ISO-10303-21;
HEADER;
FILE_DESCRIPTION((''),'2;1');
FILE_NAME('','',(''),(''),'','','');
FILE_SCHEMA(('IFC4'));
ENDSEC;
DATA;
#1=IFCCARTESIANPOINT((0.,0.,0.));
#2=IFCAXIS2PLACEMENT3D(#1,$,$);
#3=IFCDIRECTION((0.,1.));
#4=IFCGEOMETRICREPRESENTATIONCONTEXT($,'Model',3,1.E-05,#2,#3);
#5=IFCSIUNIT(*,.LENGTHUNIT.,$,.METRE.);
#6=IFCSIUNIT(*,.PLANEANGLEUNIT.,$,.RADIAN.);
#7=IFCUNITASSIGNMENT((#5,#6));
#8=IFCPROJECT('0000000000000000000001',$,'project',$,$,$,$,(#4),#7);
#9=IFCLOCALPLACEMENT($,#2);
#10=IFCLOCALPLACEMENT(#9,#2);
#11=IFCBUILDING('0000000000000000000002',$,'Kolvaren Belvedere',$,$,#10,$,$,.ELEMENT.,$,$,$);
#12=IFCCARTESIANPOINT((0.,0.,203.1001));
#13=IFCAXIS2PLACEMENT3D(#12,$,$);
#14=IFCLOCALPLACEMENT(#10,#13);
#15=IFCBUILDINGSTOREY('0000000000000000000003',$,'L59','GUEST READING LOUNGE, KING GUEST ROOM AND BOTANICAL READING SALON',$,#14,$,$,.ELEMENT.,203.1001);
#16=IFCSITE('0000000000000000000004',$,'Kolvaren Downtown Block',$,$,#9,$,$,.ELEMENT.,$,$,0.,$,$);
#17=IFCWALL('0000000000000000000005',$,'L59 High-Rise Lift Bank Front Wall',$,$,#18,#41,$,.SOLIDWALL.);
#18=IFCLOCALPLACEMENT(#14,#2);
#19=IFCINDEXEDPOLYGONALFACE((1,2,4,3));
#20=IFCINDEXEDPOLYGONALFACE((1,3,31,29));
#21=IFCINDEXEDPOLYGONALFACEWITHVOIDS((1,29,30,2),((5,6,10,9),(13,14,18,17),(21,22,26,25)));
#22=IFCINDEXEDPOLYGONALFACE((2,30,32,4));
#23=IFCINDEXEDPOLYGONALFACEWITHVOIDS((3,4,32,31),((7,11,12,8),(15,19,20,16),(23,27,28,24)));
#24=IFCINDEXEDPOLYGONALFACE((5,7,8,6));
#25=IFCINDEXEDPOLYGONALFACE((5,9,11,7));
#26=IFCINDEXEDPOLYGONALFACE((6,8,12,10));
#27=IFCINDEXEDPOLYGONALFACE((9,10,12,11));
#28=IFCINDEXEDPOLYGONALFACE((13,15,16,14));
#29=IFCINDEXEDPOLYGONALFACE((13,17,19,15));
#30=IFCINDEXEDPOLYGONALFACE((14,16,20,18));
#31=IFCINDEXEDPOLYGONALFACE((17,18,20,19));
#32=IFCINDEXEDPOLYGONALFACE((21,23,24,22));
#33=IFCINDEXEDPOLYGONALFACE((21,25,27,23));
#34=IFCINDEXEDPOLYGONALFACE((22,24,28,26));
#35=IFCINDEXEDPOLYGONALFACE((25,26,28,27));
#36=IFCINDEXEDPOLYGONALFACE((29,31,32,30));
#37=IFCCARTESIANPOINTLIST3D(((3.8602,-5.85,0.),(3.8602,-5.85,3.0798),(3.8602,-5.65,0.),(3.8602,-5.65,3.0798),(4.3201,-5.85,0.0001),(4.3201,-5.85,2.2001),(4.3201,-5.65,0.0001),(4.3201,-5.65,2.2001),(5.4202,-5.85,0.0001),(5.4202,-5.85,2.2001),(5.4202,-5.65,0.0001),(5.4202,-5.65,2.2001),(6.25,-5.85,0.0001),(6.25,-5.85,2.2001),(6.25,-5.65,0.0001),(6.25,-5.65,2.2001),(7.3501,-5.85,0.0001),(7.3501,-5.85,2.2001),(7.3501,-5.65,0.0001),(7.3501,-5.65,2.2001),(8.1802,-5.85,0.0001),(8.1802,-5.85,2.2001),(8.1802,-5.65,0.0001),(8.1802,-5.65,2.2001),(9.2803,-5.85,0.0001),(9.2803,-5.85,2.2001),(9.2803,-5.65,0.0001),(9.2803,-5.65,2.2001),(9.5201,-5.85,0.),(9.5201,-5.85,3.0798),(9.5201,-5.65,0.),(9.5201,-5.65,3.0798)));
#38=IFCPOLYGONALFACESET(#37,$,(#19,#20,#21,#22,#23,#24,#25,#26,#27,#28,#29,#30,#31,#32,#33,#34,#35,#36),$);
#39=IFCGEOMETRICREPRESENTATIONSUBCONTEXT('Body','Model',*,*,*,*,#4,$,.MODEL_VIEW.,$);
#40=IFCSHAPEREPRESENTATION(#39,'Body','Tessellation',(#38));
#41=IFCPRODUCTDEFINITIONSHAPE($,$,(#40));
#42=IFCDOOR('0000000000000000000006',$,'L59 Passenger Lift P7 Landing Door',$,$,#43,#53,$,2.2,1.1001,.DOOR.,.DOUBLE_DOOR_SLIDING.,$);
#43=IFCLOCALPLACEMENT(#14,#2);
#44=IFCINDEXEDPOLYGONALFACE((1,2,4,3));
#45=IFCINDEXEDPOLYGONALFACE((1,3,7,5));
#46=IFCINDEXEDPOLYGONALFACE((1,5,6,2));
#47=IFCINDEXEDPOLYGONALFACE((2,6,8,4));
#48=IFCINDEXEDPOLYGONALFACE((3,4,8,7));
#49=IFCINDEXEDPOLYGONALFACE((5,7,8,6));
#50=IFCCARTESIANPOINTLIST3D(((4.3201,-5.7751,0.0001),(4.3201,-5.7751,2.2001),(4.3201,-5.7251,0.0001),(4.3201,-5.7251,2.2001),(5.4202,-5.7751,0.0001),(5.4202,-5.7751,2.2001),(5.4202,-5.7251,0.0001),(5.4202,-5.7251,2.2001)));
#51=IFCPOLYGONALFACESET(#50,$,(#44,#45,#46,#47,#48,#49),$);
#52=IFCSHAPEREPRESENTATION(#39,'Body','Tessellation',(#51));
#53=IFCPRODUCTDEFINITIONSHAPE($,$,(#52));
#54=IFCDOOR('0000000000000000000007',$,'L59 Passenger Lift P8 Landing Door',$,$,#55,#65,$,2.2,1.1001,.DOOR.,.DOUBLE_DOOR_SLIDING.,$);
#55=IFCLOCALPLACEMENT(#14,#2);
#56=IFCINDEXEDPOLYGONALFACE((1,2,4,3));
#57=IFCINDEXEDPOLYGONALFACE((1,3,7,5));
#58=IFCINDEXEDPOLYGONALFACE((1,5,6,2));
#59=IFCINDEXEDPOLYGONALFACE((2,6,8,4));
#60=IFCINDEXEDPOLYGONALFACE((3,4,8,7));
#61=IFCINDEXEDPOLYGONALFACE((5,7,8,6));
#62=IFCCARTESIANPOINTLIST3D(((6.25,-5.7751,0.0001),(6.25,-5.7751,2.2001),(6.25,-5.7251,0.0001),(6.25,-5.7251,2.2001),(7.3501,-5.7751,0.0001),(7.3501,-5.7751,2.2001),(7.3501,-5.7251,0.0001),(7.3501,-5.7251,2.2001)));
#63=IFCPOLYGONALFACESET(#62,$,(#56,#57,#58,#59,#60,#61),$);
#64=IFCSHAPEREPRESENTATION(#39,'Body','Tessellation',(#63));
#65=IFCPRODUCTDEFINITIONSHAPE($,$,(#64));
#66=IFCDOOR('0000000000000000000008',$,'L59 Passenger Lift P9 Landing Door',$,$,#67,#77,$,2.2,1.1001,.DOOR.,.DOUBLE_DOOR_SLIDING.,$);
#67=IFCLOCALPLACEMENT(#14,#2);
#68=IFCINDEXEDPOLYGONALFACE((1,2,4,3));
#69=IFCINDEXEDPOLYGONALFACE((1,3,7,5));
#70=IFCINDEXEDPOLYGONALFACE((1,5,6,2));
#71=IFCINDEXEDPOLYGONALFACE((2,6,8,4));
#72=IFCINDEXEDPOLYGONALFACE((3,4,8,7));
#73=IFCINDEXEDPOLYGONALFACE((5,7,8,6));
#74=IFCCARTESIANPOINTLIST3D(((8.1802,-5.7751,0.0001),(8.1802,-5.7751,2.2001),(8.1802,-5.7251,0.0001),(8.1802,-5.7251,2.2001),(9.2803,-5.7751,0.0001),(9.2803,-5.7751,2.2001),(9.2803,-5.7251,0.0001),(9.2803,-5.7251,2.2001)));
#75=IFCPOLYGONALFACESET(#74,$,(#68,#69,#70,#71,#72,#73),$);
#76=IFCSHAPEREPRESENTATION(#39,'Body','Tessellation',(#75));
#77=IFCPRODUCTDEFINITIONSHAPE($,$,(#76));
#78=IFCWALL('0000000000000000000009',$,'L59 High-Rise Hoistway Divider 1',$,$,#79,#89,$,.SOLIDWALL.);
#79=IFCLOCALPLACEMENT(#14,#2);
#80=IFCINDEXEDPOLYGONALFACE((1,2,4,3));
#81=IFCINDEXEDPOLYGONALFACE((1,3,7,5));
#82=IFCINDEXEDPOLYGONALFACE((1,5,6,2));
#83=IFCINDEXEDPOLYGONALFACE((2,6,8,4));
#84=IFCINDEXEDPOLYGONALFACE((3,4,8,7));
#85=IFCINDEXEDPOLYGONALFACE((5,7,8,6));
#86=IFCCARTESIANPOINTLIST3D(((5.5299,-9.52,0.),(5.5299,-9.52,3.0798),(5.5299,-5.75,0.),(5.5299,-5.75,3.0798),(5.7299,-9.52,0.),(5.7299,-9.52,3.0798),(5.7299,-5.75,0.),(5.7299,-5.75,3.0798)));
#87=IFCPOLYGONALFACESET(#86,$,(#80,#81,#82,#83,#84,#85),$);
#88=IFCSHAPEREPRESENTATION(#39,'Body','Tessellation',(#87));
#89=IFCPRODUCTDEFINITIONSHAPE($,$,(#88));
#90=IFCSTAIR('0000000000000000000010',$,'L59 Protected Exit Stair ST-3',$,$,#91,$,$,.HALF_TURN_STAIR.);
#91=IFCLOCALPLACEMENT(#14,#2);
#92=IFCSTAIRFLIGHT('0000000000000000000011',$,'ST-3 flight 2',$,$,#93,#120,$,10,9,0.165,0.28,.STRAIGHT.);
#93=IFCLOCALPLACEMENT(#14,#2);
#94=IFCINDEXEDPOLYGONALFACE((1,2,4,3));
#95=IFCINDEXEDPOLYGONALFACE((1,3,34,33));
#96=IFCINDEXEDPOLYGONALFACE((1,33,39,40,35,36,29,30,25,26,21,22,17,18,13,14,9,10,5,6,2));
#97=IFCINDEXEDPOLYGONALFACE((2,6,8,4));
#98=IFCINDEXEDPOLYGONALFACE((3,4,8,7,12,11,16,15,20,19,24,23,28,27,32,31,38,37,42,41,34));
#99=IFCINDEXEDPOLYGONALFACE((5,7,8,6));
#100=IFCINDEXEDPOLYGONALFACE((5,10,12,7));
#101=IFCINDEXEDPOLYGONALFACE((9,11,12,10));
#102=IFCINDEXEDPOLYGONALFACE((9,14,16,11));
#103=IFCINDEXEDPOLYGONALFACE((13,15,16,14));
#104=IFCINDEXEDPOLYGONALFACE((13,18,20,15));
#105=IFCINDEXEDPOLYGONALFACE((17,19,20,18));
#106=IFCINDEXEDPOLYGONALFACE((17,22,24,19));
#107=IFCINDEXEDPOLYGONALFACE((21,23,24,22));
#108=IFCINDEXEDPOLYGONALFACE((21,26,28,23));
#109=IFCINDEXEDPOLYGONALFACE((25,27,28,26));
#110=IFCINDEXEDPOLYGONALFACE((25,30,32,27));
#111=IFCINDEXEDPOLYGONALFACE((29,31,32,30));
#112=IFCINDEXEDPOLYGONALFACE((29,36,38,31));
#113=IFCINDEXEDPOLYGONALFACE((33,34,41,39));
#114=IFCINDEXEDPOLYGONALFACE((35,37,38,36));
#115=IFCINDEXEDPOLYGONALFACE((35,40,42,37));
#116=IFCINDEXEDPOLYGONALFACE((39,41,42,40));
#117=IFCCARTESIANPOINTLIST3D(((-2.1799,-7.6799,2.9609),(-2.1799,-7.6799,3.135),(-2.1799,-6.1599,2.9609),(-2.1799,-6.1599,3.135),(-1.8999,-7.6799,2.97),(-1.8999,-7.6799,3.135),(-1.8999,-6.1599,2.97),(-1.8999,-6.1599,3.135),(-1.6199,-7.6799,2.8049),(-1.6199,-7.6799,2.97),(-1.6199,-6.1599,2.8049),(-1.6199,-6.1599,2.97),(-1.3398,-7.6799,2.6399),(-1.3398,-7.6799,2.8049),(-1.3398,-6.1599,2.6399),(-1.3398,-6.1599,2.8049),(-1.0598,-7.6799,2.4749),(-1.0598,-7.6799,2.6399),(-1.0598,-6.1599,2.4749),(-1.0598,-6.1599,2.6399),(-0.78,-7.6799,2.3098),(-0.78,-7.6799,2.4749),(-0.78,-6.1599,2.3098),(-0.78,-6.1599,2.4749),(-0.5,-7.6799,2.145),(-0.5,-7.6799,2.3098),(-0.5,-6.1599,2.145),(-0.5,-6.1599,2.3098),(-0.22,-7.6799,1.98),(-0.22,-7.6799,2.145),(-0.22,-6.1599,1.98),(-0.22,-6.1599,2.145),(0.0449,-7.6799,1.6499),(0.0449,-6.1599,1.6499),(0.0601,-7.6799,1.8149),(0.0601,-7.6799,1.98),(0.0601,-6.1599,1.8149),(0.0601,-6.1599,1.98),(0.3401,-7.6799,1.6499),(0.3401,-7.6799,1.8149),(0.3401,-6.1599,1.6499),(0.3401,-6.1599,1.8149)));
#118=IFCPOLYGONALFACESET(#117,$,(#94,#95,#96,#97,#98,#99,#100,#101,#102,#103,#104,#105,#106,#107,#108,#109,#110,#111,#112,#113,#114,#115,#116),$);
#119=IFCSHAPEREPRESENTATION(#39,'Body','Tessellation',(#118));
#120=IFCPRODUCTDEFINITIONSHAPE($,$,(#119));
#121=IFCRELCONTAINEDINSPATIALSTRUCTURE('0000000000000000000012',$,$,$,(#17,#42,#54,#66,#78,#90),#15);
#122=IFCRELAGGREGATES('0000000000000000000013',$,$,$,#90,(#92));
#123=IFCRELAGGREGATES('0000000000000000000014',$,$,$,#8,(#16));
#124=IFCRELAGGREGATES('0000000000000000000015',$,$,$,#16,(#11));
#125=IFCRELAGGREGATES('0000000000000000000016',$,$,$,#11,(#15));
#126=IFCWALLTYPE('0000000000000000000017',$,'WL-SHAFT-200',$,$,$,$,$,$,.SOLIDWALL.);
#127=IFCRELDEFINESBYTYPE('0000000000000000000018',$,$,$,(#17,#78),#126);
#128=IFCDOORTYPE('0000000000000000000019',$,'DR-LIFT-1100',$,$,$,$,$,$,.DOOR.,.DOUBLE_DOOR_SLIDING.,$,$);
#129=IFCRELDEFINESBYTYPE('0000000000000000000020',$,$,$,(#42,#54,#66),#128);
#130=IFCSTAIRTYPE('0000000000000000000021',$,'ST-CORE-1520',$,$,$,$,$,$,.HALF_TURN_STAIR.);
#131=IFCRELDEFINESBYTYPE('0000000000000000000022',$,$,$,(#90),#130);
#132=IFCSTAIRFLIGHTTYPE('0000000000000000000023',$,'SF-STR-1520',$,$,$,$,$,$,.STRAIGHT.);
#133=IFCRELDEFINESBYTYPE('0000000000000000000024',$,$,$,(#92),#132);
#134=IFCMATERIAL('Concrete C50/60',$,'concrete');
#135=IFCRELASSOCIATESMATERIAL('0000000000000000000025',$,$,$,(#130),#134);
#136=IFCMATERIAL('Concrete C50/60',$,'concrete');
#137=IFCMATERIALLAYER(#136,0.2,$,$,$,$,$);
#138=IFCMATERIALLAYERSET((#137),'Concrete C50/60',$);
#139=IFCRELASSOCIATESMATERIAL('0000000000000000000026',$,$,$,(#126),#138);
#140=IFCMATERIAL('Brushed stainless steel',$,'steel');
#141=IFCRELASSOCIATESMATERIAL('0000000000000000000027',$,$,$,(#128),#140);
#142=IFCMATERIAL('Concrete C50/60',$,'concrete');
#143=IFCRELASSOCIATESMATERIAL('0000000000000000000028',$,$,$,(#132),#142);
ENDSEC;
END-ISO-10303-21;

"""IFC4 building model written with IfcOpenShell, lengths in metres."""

from ifc_helpers import new_model, si_unit, direction, frame, frame_2d, origin, place, context, subcontext, project, spatial, polyline, rectangle, outline, extrude, material, layer, layer_set, type_object, element, fill, aggregate, save


model = new_model("IFC4")

# Units and contexts
model_context = context("Model", 3, precision=1e-05, world=origin(), true_north=direction((0.0, 1.0)))
body_context = subcontext(model_context, "Body", "Model", "MODEL_VIEW")
ifc_project = project(units=[si_unit("LENGTHUNIT", "METRE"), si_unit("PLANEANGLEUNIT", "RADIAN")], contexts=[model_context])

# Site, building, storey
site_placement = place(None, origin())
site = spatial("IfcSite", under=ifc_project, at=site_placement, Name="Kolvaren Downtown Block", CompositionType="ELEMENT", RefElevation=0.0)
building_placement = place(site_placement, origin())
building = spatial("IfcBuilding", under=site, at=building_placement, Name="Kolvaren Belvedere", CompositionType="ELEMENT")
storey_placement = place(building_placement, frame((0.0, 0.0, 203.1001)))
storey = spatial("IfcBuildingStorey", under=building, at=storey_placement, Name="L59", Description="GUEST READING LOUNGE, KING GUEST ROOM AND BOTANICAL READING SALON", CompositionType="ELEMENT", Elevation=203.1001)

# Shared definitions
ifc_material_1 = material(Name="Concrete C50/60", Category="concrete")
stair_type = type_object("IfcStairType", Name="ST-CORE-1520", PredefinedType="HALF_TURN_STAIR", material=ifc_material_1)

# Shared definitions
ifc_material_2 = material(Name="Concrete C50/60", Category="concrete")
ifc_layer_1 = layer(ifc_material_2, 0.2)
ifc_layer_set_1 = layer_set([ifc_layer_1], Name="Concrete C50/60")
wall_type_1 = type_object("IfcWallType", Name="WL-SHAFT-200", PredefinedType="SOLIDWALL", material=ifc_layer_set_1)

# Wall, openings, doors
wall_1_placement = place(storey_placement, frame((3.8601, -5.75, 0.0), z_axis=(0.0, 0.0, 1.0), x_axis=(1.0, 0.0, 0.0)))
wall_1 = element("IfcWall", 1, at=wall_1_placement, inside=storey, type_object=wall_type_1, Name="L59 High-Rise Lift Bank Front Wall", PredefinedType="SOLIDWALL", context=body_context, shape_type="SweptSolid", body=[
    extrude(rectangle(XDim=5.6599, YDim=0.2, at=frame_2d((2.8301, 0.0))), origin(), (0.0, 0.0, 1.0), 3.0798),
])
opening_1_placement = place(wall_1_placement, frame((0.46, 0.0, 0.0)))
opening_1 = element("IfcOpeningElement", 2, at=opening_1_placement, cuts=wall_1, PredefinedType="OPENING", context=body_context, shape_type="SweptSolid", body=[
    extrude(rectangle(XDim=1.1001, YDim=2.2, at=frame_2d((0.55, 1.1001))), frame((0.0, 0.1099, 0.0), z_axis=(0.0, -1.0, 0.0), x_axis=(1.0, 0.0, 0.0)), (0.0, 0.0, 1.0), 0.22),
])
opening_2_placement = place(wall_1_placement, frame((2.3899, 0.0, 0.0)))
opening_2 = element("IfcOpeningElement", 3, at=opening_2_placement, cuts=wall_1, PredefinedType="OPENING", context=body_context, shape_type="SweptSolid", body=[
    extrude(rectangle(XDim=1.1001, YDim=2.2, at=frame_2d((0.55, 1.1001))), frame((0.0, 0.1099, 0.0), z_axis=(0.0, -1.0, 0.0), x_axis=(1.0, 0.0, 0.0)), (0.0, 0.0, 1.0), 0.22),
])
opening_3_placement = place(wall_1_placement, frame((4.3201, 0.0, 0.0)))
opening_3 = element("IfcOpeningElement", 4, at=opening_3_placement, cuts=wall_1, PredefinedType="OPENING", context=body_context, shape_type="SweptSolid", body=[
    extrude(rectangle(XDim=1.1001, YDim=2.2, at=frame_2d((0.55, 1.1001))), frame((0.0, 0.1099, 0.0), z_axis=(0.0, -1.0, 0.0), x_axis=(1.0, 0.0, 0.0)), (0.0, 0.0, 1.0), 0.22),
])
ifc_material_3 = material(Name="Brushed stainless steel", Category="steel")
door_type_1 = type_object("IfcDoorType", Name="DR-LIFT-1100", OperationType="DOUBLE_DOOR_SLIDING", PredefinedType="DOOR", material=ifc_material_3)
door_1_placement = place(opening_1_placement, origin())
door_1 = element("IfcDoor", 5, at=door_1_placement, inside=storey, type_object=door_type_1, Name="L59 Passenger Lift P7 Landing Door", OperationType="DOUBLE_DOOR_SLIDING", OverallHeight=2.2, OverallWidth=1.1001, PredefinedType="DOOR", context=body_context, shape_type="SweptSolid", body=[
    extrude(rectangle(XDim=1.1001, YDim=2.2, at=frame_2d((0.55, 1.1001))), frame((0.0, 0.0249, 0.0), z_axis=(0.0, -1.0, 0.0), x_axis=(1.0, 0.0, 0.0)), (0.0, 0.0, 1.0), 0.05),
])
fill(opening_1, door_1)
door_2_placement = place(opening_2_placement, origin())
door_2 = element("IfcDoor", 6, at=door_2_placement, inside=storey, type_object=door_type_1, Name="L59 Passenger Lift P8 Landing Door", OperationType="DOUBLE_DOOR_SLIDING", OverallHeight=2.2, OverallWidth=1.1001, PredefinedType="DOOR", context=body_context, shape_type="SweptSolid", body=[
    extrude(rectangle(XDim=1.1001, YDim=2.2, at=frame_2d((0.55, 1.1001))), frame((0.0, 0.0249, 0.0), z_axis=(0.0, -1.0, 0.0), x_axis=(1.0, 0.0, 0.0)), (0.0, 0.0, 1.0), 0.05),
])
fill(opening_2, door_2)
door_3_placement = place(opening_3_placement, origin())
door_3 = element("IfcDoor", 7, at=door_3_placement, inside=storey, type_object=door_type_1, Name="L59 Passenger Lift P9 Landing Door", OperationType="DOUBLE_DOOR_SLIDING", OverallHeight=2.2, OverallWidth=1.1001, PredefinedType="DOOR", context=body_context, shape_type="SweptSolid", body=[
    extrude(rectangle(XDim=1.1001, YDim=2.2, at=frame_2d((0.55, 1.1001))), frame((0.0, 0.0249, 0.0), z_axis=(0.0, -1.0, 0.0), x_axis=(1.0, 0.0, 0.0)), (0.0, 0.0, 1.0), 0.05),
])
fill(opening_3, door_3)

# Wall
wall_2_placement = place(storey_placement, frame((5.6299, -9.52, 0.0), z_axis=(0.0, 0.0, 1.0), x_axis=(0.0, 1.0, 0.0)))
element("IfcWall", 8, at=wall_2_placement, inside=storey, type_object=wall_type_1, Name="L59 High-Rise Hoistway Divider 1", PredefinedType="SOLIDWALL", context=body_context, shape_type="SweptSolid", body=[
    extrude(rectangle(XDim=3.77, YDim=0.2, at=frame_2d((1.885, 0.0))), origin(), (0.0, 0.0, 1.0), 3.0798),
])

# Stair, stair flight
stair_1_placement = place(storey_placement, origin())
stair_1 = element("IfcStair", 9, at=stair_1_placement, inside=storey, type_object=stair_type, Name="L59 Protected Exit Stair ST-3", PredefinedType="HALF_TURN_STAIR")
ifc_material_4 = material(Name="Concrete C50/60", Category="concrete")
stair_flight_type = type_object("IfcStairFlightType", Name="SF-STR-1520", PredefinedType="STRAIGHT", material=ifc_material_4)
stair_flight_placement = place(storey_placement, frame((0.3401, -6.9199, 1.6499), z_axis=(0.0, 0.0, 1.0), x_axis=(-1.0, 0.0, 0.0)))
stair_flight = element("IfcStairFlight", 10, at=stair_flight_placement, type_object=stair_flight_type, Name="ST-3 flight 2", NumberOfRisers=10, NumberOfTreads=9, PredefinedType="STRAIGHT", RiserHeight=0.165, TreadLength=0.28, context=body_context, shape_type="SweptSolid", body=[
    extrude(outline(polyline([(0.0, 0.0), (0.0, 0.165), (0.28, 0.165), (0.28, 0.3301), (0.5601, 0.3301), (0.5601, 0.4951), (0.8401, 0.4951), (0.8401, 0.6599), (1.1201, 0.6599), (1.1201, 0.825), (1.3999, 0.825), (1.3999, 0.99), (1.6799, 0.99), (1.6799, 1.155), (1.96, 1.155), (1.96, 1.3201), (2.24, 1.3201), (2.24, 1.4851), (2.52, 1.4851), (2.52, 1.6499), (2.52, 1.311), (0.2952, 0.0), (0.0, 0.0)])), frame((0.0, 0.76, 0.0), z_axis=(0.0, -1.0, 0.0), x_axis=(1.0, 0.0, 0.0)), (0.0, 0.0, 1.0), 1.52),
])
aggregate(stair_1, [stair_flight])

save(model, "model.ifc")
